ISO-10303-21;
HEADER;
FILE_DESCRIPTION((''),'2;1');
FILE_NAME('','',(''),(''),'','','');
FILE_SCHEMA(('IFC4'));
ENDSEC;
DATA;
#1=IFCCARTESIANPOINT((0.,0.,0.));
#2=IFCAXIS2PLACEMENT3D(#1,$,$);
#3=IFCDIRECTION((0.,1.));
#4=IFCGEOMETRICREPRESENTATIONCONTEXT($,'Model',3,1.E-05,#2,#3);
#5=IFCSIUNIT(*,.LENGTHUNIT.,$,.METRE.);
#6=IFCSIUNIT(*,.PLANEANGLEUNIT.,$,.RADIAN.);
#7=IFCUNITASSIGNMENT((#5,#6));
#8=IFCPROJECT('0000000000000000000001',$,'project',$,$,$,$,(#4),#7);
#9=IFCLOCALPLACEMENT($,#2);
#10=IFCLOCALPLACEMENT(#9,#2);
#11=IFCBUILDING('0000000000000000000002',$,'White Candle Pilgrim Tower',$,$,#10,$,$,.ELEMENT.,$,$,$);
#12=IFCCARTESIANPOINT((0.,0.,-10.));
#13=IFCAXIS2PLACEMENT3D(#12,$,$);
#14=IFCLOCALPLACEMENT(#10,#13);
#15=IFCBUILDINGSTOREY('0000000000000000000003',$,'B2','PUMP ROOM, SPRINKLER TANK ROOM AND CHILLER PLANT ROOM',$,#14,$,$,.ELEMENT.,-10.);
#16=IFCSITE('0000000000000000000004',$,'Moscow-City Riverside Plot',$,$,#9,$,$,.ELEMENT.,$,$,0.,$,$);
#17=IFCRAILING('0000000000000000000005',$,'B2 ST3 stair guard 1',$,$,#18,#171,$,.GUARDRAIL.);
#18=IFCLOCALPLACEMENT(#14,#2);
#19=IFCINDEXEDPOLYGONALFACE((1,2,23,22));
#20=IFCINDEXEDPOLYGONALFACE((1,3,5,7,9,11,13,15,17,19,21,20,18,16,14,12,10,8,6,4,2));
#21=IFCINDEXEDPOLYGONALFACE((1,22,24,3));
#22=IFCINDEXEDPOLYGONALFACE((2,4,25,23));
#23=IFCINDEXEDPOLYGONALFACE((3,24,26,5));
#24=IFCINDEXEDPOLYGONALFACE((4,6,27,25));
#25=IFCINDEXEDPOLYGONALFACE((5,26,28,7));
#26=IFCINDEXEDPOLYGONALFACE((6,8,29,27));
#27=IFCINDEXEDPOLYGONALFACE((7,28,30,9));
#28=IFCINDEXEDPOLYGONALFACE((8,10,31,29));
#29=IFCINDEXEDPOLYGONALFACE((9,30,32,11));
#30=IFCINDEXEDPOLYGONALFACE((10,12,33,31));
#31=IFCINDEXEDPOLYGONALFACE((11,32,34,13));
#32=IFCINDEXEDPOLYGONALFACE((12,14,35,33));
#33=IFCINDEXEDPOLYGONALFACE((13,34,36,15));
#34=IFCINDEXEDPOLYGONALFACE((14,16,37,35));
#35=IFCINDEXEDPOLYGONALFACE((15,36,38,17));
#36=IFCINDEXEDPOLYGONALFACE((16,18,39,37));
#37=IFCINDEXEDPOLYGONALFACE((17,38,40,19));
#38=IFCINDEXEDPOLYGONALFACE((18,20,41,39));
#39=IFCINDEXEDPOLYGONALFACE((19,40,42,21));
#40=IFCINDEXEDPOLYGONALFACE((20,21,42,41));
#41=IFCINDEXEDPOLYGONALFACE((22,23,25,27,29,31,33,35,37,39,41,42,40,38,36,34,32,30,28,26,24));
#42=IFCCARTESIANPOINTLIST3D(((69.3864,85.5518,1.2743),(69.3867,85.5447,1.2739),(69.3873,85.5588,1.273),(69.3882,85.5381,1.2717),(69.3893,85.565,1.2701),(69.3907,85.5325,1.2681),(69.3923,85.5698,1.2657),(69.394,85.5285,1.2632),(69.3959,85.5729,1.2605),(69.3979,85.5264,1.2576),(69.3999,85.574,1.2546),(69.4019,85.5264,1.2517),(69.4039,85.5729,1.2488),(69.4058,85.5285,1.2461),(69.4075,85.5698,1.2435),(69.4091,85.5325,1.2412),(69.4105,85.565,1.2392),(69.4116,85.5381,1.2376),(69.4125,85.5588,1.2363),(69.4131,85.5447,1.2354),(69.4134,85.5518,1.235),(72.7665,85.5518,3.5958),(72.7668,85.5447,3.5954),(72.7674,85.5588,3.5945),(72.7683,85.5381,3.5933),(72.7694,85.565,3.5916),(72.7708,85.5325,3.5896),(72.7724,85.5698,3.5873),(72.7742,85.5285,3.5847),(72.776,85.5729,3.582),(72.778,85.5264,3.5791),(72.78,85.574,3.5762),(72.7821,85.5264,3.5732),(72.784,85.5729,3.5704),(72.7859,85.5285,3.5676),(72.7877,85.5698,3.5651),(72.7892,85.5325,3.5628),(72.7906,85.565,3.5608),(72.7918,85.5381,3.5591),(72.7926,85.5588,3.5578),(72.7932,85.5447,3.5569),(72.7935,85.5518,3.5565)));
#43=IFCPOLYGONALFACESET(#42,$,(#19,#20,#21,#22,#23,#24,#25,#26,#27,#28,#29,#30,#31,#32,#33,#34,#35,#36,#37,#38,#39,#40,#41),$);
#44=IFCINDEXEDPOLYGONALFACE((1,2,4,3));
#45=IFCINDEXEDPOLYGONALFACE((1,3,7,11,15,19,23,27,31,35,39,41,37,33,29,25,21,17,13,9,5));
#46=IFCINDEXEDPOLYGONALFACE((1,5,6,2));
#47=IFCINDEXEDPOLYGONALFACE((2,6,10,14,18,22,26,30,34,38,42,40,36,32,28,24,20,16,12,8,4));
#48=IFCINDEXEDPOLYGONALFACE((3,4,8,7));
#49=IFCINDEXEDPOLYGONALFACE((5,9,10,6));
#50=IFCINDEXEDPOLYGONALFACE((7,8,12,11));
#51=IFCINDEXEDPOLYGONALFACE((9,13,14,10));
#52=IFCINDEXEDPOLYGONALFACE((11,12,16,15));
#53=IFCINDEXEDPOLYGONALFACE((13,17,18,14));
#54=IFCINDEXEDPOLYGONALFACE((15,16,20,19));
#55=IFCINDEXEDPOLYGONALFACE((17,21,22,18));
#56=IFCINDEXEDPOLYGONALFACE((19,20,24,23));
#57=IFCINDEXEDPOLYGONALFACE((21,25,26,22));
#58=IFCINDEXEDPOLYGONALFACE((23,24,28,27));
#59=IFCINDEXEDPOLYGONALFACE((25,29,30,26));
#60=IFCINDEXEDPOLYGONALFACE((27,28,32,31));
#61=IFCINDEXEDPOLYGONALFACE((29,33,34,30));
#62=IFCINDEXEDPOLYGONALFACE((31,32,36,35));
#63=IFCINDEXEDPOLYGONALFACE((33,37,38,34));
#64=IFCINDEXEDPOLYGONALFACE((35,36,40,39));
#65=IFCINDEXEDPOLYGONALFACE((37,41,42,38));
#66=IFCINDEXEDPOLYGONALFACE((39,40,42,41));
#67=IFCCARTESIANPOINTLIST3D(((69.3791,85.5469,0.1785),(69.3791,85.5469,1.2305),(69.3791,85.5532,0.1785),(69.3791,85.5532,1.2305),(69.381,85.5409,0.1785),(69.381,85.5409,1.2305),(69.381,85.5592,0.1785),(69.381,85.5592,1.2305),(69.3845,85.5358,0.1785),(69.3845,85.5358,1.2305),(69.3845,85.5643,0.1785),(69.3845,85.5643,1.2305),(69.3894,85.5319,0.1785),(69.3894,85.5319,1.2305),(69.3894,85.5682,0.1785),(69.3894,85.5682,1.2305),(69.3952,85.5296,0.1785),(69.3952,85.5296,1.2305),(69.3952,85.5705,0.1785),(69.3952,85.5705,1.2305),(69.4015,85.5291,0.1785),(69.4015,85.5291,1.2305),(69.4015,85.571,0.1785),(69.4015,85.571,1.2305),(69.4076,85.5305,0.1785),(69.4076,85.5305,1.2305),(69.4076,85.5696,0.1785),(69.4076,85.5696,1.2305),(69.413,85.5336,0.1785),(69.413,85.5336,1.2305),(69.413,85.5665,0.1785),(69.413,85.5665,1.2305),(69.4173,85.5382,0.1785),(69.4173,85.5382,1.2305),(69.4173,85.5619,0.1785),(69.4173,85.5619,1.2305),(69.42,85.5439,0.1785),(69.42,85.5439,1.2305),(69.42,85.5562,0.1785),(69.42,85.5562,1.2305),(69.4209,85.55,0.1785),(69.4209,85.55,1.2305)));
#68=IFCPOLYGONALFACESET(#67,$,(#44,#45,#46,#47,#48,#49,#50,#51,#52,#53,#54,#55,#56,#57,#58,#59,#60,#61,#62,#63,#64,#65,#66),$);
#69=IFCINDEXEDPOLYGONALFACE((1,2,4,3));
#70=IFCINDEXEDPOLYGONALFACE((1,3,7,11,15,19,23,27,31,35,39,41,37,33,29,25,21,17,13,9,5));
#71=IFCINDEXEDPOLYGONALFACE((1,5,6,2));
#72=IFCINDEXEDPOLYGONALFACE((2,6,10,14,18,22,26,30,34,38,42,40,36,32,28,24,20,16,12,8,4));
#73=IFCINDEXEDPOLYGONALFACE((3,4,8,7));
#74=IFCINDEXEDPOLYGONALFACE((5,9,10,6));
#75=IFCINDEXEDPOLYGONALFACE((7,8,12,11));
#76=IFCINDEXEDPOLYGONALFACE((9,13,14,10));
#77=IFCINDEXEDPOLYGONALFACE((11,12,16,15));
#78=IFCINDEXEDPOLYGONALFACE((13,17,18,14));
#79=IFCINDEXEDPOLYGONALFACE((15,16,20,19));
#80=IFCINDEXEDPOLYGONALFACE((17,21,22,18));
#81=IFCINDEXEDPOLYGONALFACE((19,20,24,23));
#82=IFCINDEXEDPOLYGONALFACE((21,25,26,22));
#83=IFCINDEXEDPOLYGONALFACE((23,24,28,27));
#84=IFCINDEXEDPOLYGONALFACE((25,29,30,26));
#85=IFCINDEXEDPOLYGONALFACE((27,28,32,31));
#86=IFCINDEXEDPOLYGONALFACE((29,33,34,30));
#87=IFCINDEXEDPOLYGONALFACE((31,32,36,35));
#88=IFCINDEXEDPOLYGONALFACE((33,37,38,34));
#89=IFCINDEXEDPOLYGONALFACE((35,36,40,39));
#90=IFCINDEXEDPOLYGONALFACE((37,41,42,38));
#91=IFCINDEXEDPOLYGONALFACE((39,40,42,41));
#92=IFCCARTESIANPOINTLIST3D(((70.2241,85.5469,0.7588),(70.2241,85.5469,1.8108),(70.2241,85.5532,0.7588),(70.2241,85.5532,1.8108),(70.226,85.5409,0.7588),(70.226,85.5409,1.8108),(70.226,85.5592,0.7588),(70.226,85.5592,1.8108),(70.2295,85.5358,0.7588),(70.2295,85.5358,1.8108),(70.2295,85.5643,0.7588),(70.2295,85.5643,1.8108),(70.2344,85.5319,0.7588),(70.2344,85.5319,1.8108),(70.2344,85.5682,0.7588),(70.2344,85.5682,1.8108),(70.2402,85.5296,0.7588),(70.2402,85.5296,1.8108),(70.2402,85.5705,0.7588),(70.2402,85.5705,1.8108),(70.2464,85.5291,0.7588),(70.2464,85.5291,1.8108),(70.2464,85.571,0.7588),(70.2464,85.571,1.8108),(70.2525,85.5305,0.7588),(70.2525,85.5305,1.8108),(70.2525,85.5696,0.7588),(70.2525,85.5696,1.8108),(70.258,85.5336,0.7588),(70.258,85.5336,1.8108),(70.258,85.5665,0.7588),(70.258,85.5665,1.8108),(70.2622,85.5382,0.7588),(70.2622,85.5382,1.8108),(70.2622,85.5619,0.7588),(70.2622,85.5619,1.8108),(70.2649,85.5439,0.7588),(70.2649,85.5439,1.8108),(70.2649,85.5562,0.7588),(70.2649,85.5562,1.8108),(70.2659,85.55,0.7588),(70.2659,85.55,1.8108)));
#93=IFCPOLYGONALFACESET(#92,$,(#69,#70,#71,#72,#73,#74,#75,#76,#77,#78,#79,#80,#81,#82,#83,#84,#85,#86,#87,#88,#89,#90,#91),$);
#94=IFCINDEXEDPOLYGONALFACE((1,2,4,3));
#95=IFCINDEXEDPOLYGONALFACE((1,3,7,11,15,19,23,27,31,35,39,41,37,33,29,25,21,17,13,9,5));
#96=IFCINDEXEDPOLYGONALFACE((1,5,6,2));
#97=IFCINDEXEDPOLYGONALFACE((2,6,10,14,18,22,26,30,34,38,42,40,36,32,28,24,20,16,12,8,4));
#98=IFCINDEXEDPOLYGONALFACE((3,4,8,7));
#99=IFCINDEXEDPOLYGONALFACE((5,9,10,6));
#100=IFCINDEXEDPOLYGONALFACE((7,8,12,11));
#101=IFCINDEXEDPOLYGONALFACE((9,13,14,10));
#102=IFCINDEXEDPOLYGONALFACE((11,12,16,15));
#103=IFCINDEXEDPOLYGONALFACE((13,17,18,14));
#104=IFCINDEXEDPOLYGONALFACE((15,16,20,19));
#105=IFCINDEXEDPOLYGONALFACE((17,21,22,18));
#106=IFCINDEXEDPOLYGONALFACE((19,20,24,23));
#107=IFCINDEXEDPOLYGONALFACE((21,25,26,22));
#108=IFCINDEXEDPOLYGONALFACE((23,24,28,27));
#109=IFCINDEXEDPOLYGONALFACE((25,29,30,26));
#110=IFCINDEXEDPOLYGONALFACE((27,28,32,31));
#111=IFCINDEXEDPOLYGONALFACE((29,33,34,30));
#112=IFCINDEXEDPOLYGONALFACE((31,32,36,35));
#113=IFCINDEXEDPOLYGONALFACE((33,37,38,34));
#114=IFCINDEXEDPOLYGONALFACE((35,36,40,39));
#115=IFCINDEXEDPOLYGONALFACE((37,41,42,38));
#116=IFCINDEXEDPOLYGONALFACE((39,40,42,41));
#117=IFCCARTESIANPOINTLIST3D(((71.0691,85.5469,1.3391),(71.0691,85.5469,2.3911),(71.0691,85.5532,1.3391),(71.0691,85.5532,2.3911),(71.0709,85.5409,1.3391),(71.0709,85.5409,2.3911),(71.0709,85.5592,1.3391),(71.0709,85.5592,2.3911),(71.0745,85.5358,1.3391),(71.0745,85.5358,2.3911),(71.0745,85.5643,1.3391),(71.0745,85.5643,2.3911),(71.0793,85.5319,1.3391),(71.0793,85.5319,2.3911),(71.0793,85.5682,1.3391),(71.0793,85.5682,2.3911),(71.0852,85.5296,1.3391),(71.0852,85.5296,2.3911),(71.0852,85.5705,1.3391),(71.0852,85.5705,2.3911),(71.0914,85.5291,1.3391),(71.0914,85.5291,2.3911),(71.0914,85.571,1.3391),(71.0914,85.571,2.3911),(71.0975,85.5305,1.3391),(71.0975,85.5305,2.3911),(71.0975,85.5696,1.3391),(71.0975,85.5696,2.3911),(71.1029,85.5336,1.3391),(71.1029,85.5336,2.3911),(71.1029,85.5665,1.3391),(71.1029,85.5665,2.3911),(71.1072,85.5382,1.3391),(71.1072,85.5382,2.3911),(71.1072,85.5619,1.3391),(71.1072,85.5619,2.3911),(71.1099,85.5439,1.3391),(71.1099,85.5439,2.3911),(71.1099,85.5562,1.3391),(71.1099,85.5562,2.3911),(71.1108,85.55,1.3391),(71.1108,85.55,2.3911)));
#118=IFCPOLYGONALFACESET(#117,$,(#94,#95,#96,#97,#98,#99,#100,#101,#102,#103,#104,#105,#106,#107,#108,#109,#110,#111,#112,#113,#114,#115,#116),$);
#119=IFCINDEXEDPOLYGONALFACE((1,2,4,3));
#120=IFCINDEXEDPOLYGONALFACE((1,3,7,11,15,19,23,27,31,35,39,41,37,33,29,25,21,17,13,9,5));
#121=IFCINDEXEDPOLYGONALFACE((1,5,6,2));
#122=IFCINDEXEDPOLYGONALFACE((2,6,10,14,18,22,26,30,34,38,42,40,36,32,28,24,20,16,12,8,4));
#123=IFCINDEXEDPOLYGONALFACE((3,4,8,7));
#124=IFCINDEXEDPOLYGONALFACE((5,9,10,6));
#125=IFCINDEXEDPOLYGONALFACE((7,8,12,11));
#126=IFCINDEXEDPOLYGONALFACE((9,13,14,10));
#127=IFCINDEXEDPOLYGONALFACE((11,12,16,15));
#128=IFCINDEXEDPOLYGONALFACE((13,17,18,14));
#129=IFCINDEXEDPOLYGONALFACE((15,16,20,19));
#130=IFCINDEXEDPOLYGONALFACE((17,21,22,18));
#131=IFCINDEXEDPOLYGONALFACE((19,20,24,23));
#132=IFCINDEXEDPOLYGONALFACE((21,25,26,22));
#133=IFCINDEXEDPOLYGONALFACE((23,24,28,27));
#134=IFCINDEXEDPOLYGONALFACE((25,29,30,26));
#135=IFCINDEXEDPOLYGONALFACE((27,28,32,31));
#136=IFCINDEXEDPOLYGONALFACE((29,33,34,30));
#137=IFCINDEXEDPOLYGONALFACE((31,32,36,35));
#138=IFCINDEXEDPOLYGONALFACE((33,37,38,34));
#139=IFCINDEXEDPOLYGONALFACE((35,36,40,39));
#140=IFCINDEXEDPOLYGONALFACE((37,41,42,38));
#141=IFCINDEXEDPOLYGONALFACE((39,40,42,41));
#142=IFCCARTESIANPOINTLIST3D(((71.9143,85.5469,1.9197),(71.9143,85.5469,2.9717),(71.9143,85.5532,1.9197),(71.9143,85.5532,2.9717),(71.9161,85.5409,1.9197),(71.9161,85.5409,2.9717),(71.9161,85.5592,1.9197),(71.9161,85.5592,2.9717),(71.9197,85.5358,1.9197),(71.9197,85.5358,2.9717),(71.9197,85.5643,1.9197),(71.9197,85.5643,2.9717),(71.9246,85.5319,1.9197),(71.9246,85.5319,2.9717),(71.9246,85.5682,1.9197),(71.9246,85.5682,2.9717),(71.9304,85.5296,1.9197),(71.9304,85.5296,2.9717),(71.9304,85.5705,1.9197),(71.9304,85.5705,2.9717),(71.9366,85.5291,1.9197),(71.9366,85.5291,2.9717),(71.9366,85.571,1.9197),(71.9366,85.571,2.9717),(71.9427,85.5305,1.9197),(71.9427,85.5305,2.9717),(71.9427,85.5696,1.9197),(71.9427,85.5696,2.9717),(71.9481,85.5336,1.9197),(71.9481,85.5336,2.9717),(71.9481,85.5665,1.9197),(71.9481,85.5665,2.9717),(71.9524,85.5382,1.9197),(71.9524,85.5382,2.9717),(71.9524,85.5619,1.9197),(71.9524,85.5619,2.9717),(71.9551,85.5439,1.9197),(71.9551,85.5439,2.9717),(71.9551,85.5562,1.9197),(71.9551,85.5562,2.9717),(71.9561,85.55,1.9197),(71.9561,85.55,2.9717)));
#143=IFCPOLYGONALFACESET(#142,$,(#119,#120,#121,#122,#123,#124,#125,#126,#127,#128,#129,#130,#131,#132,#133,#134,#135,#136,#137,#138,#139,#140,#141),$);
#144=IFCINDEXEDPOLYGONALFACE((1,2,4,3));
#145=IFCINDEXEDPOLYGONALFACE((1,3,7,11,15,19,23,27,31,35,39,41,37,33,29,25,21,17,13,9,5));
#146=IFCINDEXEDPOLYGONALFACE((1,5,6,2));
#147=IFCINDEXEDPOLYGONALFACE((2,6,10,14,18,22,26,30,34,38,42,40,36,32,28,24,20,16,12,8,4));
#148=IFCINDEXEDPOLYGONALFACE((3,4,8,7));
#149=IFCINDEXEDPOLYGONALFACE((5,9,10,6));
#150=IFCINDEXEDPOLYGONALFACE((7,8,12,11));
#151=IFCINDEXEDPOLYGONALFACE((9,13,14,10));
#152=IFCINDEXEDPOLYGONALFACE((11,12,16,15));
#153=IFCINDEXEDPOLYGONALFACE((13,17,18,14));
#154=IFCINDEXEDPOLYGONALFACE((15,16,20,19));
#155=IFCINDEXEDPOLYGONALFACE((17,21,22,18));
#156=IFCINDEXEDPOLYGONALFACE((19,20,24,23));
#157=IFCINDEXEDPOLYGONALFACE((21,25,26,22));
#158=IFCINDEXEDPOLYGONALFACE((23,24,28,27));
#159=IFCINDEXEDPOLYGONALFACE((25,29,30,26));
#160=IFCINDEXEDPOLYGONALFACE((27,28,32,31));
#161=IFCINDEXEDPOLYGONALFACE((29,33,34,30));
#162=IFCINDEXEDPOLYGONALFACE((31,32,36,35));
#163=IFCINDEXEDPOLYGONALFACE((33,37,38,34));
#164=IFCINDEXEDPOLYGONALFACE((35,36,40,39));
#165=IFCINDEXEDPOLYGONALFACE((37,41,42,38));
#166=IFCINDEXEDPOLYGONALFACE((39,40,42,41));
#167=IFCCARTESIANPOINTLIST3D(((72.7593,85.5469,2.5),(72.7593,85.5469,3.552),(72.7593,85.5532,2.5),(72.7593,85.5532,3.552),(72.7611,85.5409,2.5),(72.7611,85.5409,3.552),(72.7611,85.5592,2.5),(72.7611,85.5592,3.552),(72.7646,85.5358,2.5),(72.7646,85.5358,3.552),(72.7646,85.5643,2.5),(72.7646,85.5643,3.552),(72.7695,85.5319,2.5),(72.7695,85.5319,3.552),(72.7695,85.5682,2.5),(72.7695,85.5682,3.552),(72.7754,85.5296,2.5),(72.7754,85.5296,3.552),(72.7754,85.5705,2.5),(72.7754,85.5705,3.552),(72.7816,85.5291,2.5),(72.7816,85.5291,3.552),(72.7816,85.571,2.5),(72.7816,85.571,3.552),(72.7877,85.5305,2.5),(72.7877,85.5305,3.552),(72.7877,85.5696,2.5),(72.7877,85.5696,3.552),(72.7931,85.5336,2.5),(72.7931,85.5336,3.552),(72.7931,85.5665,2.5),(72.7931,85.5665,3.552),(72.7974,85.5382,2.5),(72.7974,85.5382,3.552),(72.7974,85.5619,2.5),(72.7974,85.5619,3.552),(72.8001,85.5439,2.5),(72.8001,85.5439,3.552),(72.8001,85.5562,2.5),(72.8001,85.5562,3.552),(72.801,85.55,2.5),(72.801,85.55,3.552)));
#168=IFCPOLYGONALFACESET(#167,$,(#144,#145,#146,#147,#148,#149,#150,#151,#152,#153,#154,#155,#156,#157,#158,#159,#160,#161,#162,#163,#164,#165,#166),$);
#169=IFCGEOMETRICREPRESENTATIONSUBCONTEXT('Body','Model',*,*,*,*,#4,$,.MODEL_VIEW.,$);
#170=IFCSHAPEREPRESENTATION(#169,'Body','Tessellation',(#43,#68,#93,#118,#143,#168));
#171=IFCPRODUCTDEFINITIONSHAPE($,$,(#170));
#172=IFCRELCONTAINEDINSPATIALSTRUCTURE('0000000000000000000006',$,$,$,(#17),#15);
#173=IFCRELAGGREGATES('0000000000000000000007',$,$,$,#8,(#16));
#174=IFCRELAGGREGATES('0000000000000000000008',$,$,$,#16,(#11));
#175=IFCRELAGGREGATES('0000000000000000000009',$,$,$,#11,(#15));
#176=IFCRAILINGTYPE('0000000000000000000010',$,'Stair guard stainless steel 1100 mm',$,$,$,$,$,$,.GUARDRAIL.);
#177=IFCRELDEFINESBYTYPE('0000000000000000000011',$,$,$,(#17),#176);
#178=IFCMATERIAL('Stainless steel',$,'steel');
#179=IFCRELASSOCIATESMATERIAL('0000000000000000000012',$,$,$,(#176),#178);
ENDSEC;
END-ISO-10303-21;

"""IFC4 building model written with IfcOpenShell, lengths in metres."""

from ifc_helpers import new_model, si_unit, direction, frame, origin, origin_2d, place, context, subcontext, project, spatial, circle, extrude, material, type_object, element, save


model = new_model("IFC4")

# Units and contexts
model_context = context("Model", 3, precision=1e-05, world=origin(), true_north=direction((0.0, 1.0)))
body_context = subcontext(model_context, "Body", "Model", "MODEL_VIEW")
ifc_project = project(units=[si_unit("LENGTHUNIT", "METRE"), si_unit("PLANEANGLEUNIT", "RADIAN")], contexts=[model_context])

# Site, building, storey
site_placement = place(None, origin())
site = spatial("IfcSite", under=ifc_project, at=site_placement, Name="Moscow-City Riverside Plot", CompositionType="ELEMENT", RefElevation=0.0)
building_placement = place(site_placement, origin())
building = spatial("IfcBuilding", under=site, at=building_placement, Name="White Candle Pilgrim Tower", CompositionType="ELEMENT")
storey_placement = place(building_placement, frame((0.0, 0.0, -10.0)))
storey = spatial("IfcBuildingStorey", under=building, at=storey_placement, Name="B2", Description="PUMP ROOM, SPRINKLER TANK ROOM AND CHILLER PLANT ROOM", CompositionType="ELEMENT", Elevation=-10.0)

# Railing
ifc_material_1 = material(Name="Stainless steel", Category="steel")
railing_type_1 = type_object("IfcRailingType", Name="Stair guard stainless steel 1100 mm", PredefinedType="GUARDRAIL", material=ifc_material_1)
railing_1_placement = place(storey_placement, frame((69.3999, 85.55, 0.1785)))
element("IfcRailing", 1, at=railing_1_placement, inside=storey, type_object=railing_type_1, Name="B2 ST3 stair guard 1", PredefinedType="GUARDRAIL", context=body_context, shape_type="SweptSolid", body=[
    extrude(circle(Radius=0.0239, at=origin_2d()), frame((0.0, 0.0, 1.0762), z_axis=(0.824304, 0.0, 0.566147), x_axis=(0.0, 1.0, 0.0)), (0.0, 0.0, 1.0), 4.1006),
    extrude(circle(Radius=0.021, at=origin_2d()), origin(), (0.0, 0.0, 1.0), 1.052),
    extrude(circle(Radius=0.021, at=origin_2d()), frame((0.845, 0.0, 0.5803)), (0.0, 0.0, 1.0), 1.052),
    extrude(circle(Radius=0.021, at=origin_2d()), frame((1.6899, 0.0, 1.1606)), (0.0, 0.0, 1.0), 1.052),
    extrude(circle(Radius=0.021, at=origin_2d()), frame((2.5352, 0.0, 1.7412)), (0.0, 0.0, 1.0), 1.052),
    extrude(circle(Radius=0.021, at=origin_2d()), frame((3.3801, 0.0, 2.3215)), (0.0, 0.0, 1.0), 1.052),
])

save(model, "model.ifc")
